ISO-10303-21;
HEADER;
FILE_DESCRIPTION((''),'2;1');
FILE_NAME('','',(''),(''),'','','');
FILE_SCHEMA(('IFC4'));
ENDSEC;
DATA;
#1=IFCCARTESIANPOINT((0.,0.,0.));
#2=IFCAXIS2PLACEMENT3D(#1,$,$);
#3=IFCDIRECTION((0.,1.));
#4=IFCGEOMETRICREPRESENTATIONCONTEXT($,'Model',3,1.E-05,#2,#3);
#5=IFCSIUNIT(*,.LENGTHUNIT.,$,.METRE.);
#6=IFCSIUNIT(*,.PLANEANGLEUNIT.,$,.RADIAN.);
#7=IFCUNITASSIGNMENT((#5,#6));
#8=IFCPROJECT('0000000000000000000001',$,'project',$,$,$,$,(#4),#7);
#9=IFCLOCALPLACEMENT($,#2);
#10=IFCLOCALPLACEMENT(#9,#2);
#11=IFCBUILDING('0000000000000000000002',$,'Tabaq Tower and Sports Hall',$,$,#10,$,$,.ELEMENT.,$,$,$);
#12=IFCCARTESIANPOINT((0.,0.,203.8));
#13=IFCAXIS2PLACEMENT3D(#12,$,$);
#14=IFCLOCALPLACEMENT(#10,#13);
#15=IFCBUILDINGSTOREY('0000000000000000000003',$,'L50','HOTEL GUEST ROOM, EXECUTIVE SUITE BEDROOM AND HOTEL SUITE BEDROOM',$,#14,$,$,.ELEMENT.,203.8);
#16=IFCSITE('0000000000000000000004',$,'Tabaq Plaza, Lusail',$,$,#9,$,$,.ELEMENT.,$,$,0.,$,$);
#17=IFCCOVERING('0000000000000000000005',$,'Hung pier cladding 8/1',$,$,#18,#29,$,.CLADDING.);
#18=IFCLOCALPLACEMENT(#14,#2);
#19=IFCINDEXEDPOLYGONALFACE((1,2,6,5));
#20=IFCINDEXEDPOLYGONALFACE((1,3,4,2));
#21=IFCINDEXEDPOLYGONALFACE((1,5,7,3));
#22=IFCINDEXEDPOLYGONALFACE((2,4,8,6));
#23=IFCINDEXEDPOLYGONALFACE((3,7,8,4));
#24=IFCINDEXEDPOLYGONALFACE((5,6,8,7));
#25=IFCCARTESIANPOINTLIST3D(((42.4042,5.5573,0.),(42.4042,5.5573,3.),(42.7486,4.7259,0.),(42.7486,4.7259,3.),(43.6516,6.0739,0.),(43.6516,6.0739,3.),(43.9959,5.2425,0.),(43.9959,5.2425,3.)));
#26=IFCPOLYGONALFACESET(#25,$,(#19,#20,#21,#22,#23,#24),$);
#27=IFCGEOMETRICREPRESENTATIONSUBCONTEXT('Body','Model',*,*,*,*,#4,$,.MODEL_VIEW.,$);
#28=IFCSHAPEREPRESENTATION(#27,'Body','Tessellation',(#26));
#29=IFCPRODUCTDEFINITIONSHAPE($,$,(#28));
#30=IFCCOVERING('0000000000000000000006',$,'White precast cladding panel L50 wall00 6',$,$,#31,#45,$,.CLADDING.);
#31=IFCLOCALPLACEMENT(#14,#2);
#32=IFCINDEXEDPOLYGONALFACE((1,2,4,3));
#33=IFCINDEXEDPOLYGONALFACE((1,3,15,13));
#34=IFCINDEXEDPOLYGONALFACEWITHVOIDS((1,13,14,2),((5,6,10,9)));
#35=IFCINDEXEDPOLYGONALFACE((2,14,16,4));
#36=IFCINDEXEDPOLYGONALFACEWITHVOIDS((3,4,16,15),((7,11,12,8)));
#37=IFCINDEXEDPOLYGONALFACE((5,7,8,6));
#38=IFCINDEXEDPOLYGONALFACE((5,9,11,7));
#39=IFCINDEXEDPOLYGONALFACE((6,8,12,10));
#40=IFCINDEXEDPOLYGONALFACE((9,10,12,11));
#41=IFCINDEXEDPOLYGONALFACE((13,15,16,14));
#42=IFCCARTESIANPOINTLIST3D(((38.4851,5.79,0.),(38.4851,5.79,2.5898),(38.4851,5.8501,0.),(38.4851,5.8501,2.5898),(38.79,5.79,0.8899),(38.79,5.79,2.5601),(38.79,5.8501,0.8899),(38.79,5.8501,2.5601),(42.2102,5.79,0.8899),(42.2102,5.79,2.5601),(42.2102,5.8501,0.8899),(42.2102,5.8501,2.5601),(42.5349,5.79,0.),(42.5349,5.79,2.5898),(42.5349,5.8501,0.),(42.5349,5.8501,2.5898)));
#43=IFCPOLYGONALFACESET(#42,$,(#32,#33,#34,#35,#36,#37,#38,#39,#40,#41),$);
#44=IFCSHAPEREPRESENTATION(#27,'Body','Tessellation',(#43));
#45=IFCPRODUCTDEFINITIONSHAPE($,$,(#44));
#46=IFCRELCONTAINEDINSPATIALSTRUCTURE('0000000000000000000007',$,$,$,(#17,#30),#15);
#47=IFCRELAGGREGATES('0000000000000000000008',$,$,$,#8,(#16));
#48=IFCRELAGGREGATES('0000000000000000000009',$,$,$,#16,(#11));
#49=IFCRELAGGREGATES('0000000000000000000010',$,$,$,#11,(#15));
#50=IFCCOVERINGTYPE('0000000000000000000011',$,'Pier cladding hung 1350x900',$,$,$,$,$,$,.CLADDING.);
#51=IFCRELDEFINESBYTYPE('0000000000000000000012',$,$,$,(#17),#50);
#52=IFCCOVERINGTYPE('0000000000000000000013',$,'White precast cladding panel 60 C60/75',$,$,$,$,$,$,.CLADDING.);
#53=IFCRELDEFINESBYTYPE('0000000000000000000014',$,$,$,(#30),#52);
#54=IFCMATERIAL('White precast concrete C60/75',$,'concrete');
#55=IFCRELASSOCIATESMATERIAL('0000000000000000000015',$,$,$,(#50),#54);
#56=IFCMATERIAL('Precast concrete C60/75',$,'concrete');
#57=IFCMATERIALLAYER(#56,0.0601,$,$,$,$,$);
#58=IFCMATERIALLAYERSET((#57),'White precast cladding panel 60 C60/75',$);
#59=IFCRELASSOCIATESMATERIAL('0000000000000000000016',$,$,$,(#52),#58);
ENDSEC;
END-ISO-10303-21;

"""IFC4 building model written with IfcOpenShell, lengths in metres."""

from ifc_helpers import new_model, si_unit, direction, frame, frame_2d, origin, place, context, subcontext, project, spatial, polyline, rectangle, outline, extrude, material, layer, layer_set, type_object, element, save


model = new_model("IFC4")

# Units and contexts
model_context = context("Model", 3, precision=1e-05, world=origin(), true_north=direction((0.0, 1.0)))
body_context = subcontext(model_context, "Body", "Model", "MODEL_VIEW")
ifc_project = project(units=[si_unit("LENGTHUNIT", "METRE"), si_unit("PLANEANGLEUNIT", "RADIAN")], contexts=[model_context])

# Site, building, storey
site_placement = place(None, origin())
site = spatial("IfcSite", under=ifc_project, at=site_placement, Name="Tabaq Plaza, Lusail", CompositionType="ELEMENT", RefElevation=0.0)
building_placement = place(site_placement, origin())
building = spatial("IfcBuilding", under=site, at=building_placement, Name="Tabaq Tower and Sports Hall", CompositionType="ELEMENT")
storey_placement = place(building_placement, frame((0.0, 0.0, 203.8)))
storey = spatial("IfcBuildingStorey", under=building, at=storey_placement, Name="L50", Description="HOTEL GUEST ROOM, EXECUTIVE SUITE BEDROOM AND HOTEL SUITE BEDROOM", CompositionType="ELEMENT", Elevation=203.8)

# Coverings
ifc_material_1 = material(Name="White precast concrete C60/75", Category="concrete")
covering_type_1 = type_object("IfcCoveringType", Name="Pier cladding hung 1350x900", PredefinedType="CLADDING", material=ifc_material_1)
covering_1_placement = place(storey_placement, frame((42.5764, 5.1416, 0.0), z_axis=(0.0, 0.0, 1.0), x_axis=(0.923893, 0.38265, 0.0)))
element("IfcCovering", 1, at=covering_1_placement, inside=storey, type_object=covering_type_1, Name="Hung pier cladding 8/1", PredefinedType="CLADDING", context=body_context, shape_type="SweptSolid", body=[
    extrude(rectangle(XDim=1.3501, YDim=0.8999, at=frame_2d((0.675, 0.0))), origin(), (0.0, 0.0, 1.0), 3.0),
])
ifc_material_2 = material(Name="Precast concrete C60/75", Category="concrete")
ifc_layer_1 = layer(ifc_material_2, 0.0601)
ifc_layer_set_1 = layer_set([ifc_layer_1], Name="White precast cladding panel 60 C60/75")
covering_type_2 = type_object("IfcCoveringType", Name="White precast cladding panel 60 C60/75", PredefinedType="CLADDING", material=ifc_layer_set_1)
covering_2_placement = place(storey_placement, frame((38.4851, 5.8201, 0.0), z_axis=(0.0, 0.0, 1.0), x_axis=(1.0, 0.0, 0.0)))
element("IfcCovering", 2, at=covering_2_placement, inside=storey, type_object=covering_type_2, Name="White precast cladding panel L50 wall00 6", PredefinedType="CLADDING", context=body_context, shape_type="SweptSolid", body=[
    extrude(outline(polyline([(0.0, 0.0), (4.0498, 0.0), (4.0498, 2.5898), (0.0, 2.5898), (0.0, 0.0)]), holes=[polyline([(3.7251, 0.8899), (0.3049, 0.8899), (0.3049, 2.5601), (3.7251, 2.5601), (3.7251, 0.8899)])]), frame((0.0, 0.03, 0.0), z_axis=(0.0, -1.0, 0.0), x_axis=(1.0, 0.0, 0.0)), (0.0, 0.0, 1.0), 0.0601),
])

save(model, "model.ifc")
